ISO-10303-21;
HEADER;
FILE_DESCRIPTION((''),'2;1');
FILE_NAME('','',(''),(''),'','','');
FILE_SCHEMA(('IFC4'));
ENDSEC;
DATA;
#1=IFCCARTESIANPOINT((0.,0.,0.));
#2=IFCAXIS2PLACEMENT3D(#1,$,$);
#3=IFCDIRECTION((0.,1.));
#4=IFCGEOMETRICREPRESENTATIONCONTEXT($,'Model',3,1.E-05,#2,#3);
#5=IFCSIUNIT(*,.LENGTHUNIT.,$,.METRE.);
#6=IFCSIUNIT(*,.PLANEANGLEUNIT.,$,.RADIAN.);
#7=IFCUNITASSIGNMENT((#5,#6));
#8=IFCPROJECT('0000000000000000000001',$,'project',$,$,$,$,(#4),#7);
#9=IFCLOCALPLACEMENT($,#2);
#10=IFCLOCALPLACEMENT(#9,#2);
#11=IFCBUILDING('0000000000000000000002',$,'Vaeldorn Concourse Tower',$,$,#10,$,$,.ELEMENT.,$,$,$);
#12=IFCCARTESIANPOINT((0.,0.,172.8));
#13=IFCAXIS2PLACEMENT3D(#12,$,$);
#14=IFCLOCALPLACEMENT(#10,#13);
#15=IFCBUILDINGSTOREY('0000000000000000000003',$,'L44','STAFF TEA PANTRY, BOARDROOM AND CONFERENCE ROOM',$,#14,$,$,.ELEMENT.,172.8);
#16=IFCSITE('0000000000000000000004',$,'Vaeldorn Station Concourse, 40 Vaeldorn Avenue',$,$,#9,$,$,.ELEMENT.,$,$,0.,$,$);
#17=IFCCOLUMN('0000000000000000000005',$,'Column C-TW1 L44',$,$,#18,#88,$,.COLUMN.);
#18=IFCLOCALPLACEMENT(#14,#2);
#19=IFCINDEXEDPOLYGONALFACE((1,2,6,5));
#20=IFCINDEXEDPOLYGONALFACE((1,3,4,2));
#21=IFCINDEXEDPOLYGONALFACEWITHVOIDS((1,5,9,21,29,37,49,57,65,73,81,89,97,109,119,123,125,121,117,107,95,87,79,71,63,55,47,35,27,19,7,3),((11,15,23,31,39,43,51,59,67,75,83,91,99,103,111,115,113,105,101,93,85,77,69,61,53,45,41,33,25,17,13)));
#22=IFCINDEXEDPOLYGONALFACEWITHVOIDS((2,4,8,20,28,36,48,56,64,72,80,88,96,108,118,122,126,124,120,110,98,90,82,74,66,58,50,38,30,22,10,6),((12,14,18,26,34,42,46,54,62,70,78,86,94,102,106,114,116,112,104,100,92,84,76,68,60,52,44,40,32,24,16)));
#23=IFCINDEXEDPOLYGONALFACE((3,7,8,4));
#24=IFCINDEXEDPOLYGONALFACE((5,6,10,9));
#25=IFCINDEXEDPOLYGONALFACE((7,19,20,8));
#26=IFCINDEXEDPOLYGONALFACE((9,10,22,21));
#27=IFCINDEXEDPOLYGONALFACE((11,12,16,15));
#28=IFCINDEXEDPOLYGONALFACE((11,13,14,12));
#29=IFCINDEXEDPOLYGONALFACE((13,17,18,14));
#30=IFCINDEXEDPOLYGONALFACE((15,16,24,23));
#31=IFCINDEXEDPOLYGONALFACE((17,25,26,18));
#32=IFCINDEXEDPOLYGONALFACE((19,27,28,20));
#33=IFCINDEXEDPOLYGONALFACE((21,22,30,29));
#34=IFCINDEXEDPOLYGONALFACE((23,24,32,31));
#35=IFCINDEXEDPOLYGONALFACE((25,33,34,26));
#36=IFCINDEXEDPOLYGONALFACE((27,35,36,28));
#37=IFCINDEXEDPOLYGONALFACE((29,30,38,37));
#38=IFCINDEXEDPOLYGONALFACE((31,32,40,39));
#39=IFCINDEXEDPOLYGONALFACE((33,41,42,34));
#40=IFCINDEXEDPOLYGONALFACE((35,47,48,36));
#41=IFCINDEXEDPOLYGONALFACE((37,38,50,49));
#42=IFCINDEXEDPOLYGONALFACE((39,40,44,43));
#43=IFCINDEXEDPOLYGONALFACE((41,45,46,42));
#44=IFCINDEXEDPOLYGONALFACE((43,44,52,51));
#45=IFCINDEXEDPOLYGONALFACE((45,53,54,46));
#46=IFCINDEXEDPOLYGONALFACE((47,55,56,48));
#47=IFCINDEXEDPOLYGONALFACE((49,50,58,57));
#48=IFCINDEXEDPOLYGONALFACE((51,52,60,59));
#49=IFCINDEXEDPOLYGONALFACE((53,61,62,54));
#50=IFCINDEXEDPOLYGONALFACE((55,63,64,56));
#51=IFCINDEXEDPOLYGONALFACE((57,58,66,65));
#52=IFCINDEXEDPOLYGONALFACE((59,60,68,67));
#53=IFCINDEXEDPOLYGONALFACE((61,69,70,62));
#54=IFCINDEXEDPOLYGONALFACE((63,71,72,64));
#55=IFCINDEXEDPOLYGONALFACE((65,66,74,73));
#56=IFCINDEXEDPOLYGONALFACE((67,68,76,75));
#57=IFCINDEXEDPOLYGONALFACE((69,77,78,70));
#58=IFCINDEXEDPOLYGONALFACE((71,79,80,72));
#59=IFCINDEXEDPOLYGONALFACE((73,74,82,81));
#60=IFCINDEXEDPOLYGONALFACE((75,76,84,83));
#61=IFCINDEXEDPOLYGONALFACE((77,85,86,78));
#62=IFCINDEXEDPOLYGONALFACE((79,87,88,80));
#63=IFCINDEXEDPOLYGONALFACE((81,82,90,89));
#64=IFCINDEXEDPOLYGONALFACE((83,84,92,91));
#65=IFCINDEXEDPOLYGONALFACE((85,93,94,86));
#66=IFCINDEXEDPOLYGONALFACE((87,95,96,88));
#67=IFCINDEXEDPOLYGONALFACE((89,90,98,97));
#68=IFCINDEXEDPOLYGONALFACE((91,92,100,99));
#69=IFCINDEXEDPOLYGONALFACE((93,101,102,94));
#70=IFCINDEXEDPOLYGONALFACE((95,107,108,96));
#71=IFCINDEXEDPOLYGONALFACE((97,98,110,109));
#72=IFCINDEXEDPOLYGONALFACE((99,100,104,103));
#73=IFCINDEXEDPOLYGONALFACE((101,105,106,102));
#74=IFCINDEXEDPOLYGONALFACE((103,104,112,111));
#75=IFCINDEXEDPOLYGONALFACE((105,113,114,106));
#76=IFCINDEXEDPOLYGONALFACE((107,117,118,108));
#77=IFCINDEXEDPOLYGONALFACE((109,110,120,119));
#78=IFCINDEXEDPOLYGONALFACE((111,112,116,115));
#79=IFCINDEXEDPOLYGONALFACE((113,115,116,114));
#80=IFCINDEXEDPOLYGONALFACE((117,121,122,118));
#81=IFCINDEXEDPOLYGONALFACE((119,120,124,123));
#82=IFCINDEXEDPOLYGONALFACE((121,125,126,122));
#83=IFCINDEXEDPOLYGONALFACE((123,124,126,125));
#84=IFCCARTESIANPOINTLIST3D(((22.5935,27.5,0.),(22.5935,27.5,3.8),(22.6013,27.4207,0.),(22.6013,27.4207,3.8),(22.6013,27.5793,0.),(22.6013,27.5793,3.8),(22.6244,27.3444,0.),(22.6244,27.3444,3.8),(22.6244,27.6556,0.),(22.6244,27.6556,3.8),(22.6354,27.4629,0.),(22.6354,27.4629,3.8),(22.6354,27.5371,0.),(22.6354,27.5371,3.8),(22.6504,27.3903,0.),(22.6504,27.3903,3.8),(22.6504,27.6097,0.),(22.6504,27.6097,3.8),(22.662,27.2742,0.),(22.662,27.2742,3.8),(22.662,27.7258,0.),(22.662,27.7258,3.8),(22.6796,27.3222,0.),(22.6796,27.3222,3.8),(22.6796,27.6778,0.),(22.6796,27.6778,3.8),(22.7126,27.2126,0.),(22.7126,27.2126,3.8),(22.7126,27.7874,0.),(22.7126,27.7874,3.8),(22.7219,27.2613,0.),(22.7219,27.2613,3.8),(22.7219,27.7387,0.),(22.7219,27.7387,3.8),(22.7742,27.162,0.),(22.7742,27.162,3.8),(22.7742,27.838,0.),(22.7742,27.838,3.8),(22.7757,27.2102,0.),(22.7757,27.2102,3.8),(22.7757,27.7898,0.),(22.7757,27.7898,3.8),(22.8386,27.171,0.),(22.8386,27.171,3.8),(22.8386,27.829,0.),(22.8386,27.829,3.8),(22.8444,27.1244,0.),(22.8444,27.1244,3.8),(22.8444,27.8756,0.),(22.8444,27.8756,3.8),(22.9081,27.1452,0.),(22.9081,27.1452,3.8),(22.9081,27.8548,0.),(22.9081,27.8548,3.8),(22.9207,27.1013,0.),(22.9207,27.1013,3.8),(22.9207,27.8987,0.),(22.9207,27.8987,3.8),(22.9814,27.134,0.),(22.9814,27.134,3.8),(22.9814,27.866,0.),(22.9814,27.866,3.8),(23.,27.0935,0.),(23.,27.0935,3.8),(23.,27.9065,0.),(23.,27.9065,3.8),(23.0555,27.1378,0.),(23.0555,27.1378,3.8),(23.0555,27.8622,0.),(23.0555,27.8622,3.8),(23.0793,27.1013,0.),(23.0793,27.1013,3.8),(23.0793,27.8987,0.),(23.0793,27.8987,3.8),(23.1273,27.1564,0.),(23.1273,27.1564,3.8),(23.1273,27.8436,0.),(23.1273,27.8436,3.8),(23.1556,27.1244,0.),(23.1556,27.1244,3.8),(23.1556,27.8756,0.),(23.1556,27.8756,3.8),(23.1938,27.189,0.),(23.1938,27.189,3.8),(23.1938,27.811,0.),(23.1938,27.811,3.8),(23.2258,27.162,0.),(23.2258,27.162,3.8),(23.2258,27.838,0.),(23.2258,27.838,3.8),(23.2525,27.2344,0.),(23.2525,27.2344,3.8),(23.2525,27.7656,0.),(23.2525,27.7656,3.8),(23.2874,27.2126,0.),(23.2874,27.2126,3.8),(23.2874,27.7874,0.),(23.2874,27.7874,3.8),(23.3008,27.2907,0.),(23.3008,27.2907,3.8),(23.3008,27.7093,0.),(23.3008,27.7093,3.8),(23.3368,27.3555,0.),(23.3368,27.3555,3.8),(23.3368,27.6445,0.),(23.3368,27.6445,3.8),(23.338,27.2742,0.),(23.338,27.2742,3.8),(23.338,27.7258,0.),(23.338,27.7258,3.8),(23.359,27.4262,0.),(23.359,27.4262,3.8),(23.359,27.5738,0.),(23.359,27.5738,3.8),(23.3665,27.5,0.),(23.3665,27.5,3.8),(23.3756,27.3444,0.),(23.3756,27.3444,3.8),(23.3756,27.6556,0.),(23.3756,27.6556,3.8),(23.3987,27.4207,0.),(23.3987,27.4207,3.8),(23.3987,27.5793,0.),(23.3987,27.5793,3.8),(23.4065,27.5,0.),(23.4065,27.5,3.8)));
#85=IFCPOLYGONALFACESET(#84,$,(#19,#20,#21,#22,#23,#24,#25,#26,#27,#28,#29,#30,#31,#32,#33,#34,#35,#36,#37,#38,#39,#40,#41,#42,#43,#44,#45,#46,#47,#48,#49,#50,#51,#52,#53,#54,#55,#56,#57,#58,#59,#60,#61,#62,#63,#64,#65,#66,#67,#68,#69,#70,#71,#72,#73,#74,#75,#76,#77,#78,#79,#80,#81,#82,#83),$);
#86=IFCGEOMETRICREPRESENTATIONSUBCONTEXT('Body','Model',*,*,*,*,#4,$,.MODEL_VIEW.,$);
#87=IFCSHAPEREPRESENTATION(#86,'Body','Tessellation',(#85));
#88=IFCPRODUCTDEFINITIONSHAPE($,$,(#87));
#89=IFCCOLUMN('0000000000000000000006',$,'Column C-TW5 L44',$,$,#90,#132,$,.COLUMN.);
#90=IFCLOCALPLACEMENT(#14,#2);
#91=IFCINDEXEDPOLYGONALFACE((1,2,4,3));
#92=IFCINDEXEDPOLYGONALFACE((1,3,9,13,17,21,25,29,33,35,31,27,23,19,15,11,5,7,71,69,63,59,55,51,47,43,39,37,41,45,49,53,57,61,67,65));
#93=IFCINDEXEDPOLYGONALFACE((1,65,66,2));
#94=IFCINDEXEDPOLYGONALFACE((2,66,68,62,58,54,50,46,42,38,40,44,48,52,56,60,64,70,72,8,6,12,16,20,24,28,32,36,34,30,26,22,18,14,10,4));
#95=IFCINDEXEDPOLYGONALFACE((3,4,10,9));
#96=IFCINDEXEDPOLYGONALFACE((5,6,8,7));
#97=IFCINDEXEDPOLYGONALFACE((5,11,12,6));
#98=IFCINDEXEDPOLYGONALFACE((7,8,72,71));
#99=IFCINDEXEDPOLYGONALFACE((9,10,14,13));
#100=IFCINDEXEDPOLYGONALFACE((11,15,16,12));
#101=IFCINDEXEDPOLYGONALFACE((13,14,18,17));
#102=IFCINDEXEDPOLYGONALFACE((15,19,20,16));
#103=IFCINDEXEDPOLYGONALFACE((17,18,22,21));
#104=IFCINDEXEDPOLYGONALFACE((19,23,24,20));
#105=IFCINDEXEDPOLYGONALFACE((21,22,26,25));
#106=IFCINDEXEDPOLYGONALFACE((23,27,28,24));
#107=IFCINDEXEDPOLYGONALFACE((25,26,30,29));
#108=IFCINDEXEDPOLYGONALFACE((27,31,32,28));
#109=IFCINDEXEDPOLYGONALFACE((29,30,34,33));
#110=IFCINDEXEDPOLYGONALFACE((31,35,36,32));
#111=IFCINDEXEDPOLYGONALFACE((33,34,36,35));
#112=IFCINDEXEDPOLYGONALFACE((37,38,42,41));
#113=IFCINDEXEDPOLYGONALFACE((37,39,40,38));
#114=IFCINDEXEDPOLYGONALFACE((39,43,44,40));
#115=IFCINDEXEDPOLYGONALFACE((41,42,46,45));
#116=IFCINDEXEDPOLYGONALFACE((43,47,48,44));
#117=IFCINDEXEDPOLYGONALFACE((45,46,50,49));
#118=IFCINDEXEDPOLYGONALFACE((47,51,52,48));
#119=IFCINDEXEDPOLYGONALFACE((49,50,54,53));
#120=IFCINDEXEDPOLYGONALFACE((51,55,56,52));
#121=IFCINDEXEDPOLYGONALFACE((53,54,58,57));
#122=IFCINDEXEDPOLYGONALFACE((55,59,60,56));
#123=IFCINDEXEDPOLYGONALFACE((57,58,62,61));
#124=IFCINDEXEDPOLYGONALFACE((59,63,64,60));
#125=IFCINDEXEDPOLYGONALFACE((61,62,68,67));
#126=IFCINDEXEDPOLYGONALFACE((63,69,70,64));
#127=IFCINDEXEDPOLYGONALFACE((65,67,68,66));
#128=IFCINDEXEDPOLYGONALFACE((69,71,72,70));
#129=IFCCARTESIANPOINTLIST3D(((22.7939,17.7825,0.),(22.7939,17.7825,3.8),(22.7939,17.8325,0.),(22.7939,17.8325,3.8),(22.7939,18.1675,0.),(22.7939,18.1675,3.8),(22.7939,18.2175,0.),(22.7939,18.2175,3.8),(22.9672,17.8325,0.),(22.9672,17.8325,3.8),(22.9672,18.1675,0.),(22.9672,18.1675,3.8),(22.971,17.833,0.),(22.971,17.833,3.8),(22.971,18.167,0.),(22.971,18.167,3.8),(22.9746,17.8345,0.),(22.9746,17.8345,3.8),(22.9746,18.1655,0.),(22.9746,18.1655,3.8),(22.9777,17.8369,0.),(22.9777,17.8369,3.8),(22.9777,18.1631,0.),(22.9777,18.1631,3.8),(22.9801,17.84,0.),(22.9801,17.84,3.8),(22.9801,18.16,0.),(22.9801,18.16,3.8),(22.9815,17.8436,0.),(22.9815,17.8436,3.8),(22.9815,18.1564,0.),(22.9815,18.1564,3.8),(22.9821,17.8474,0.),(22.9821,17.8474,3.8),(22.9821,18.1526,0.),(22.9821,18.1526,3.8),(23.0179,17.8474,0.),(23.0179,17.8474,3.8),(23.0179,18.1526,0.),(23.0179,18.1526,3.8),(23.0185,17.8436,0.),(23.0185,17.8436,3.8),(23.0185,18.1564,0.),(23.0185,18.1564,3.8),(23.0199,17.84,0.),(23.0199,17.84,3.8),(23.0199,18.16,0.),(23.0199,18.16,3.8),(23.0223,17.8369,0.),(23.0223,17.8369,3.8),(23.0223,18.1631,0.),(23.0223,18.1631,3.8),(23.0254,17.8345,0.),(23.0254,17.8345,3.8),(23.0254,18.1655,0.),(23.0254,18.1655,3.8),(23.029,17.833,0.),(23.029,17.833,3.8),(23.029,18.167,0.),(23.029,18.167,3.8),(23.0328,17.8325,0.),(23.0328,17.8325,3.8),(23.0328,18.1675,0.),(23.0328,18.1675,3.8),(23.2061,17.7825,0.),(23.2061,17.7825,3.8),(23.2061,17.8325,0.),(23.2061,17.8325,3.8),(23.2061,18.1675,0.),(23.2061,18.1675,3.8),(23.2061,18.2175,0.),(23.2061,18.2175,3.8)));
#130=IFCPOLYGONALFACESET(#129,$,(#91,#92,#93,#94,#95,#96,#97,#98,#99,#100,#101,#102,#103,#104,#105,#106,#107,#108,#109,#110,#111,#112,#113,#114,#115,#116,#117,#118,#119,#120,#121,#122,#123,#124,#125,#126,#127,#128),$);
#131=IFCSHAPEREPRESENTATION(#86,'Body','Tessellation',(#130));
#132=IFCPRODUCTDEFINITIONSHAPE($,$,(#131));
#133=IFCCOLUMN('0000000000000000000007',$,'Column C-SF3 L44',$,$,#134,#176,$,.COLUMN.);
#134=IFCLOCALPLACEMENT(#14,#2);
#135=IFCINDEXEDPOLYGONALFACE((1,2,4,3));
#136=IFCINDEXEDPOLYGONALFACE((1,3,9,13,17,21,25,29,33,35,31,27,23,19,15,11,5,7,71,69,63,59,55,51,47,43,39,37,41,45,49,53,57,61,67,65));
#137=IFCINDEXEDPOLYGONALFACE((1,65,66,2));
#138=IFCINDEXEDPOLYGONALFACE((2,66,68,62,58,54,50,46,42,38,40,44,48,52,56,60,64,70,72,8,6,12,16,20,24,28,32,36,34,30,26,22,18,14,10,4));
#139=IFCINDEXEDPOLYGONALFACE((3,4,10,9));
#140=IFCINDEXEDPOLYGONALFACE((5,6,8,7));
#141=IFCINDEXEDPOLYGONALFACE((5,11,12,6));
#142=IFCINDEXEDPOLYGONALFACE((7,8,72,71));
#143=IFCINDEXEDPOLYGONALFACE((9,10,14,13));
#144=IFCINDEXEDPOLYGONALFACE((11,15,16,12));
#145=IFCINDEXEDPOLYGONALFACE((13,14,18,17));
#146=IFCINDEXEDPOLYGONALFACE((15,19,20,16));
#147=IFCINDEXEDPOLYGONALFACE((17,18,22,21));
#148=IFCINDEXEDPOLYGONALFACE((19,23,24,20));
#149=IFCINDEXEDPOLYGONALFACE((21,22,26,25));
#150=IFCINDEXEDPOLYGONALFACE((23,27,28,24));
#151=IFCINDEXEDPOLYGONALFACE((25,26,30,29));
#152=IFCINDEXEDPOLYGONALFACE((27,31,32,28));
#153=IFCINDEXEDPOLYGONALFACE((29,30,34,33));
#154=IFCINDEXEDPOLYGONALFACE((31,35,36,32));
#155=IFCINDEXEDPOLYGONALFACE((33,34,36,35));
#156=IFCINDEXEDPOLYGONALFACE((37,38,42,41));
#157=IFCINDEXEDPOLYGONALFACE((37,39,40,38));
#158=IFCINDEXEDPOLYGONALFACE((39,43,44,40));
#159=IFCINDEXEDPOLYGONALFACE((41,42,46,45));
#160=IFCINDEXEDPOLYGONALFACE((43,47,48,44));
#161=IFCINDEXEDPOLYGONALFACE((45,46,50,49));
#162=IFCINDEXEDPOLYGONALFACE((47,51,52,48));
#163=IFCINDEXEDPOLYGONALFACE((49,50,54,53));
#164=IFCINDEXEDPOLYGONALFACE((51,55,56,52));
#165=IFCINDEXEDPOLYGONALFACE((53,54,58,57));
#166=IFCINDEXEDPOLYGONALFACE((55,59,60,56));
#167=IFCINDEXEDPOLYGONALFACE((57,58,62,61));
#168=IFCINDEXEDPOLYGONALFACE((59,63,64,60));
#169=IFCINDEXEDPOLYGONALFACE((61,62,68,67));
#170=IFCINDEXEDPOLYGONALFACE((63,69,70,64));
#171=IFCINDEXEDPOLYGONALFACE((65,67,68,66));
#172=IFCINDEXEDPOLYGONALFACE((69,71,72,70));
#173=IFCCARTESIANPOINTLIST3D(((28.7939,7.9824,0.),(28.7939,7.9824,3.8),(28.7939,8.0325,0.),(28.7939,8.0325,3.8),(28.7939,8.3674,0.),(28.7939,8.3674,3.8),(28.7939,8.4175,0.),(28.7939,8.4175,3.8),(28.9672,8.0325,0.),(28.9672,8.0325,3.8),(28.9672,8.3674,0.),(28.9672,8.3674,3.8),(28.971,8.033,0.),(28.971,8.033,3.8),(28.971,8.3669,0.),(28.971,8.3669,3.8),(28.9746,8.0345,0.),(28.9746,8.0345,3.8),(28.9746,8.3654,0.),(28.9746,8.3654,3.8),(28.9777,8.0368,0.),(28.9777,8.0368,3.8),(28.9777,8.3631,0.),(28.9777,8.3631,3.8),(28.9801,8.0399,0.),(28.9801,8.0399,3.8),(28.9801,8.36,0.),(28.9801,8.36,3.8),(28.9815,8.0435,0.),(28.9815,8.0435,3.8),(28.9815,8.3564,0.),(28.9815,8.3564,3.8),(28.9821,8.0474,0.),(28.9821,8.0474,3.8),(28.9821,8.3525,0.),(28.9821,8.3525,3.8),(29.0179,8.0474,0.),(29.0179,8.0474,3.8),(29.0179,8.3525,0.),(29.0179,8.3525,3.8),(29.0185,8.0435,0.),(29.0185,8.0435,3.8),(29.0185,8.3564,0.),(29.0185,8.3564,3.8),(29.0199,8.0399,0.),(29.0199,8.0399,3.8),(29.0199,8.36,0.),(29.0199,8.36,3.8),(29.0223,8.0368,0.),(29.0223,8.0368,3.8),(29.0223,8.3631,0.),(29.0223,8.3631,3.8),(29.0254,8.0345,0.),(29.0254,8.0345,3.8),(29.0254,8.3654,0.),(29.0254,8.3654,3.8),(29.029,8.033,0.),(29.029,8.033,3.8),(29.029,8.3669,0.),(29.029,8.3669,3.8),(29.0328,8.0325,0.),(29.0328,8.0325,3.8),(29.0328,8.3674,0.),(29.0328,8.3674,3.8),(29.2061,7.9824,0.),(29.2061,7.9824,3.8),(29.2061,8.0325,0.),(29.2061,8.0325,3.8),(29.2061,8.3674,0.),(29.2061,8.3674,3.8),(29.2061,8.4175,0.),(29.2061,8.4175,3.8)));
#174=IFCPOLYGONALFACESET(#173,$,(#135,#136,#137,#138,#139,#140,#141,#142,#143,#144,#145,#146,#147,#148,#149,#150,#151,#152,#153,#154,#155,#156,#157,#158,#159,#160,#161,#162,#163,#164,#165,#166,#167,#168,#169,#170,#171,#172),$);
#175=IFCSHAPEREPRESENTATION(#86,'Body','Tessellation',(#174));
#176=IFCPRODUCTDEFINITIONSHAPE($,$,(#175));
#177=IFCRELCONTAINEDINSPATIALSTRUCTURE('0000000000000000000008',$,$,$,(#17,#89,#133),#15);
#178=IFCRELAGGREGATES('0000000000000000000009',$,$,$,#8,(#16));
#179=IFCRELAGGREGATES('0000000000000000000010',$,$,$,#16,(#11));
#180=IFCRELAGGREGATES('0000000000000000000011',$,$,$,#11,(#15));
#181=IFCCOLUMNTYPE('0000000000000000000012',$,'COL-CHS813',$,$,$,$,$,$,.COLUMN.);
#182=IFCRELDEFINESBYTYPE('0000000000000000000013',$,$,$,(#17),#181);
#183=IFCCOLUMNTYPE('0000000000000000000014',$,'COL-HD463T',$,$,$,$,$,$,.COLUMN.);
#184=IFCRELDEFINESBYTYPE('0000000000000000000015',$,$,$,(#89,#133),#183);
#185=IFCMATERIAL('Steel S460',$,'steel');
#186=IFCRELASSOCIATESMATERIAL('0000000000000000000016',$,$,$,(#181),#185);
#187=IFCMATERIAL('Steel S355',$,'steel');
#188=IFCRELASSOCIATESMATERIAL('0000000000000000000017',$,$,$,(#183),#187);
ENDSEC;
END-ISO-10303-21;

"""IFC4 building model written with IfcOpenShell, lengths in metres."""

from ifc_helpers import new_model, si_unit, direction, frame, origin, origin_2d, place, context, subcontext, project, spatial, hollow_circle, i_section, extrude, source, transform, mapped, material, material_profile, profile_set, type_object, element, save


model = new_model("IFC4")

# Units and contexts
model_context = context("Model", 3, precision=1e-05, world=origin(), true_north=direction((0.0, 1.0)))
body_context = subcontext(model_context, "Body", "Model", "MODEL_VIEW")
ifc_project = project(units=[si_unit("LENGTHUNIT", "METRE"), si_unit("PLANEANGLEUNIT", "RADIAN")], contexts=[model_context])

# Site, building, storey
site_placement = place(None, origin())
site = spatial("IfcSite", under=ifc_project, at=site_placement, Name="Vaeldorn Station Concourse, 40 Vaeldorn Avenue", CompositionType="ELEMENT", RefElevation=0.0)
building_placement = place(site_placement, origin())
building = spatial("IfcBuilding", under=site, at=building_placement, Name="Vaeldorn Concourse Tower", CompositionType="ELEMENT")
storey_placement = place(building_placement, frame((0.0, 0.0, 172.8)))
storey = spatial("IfcBuildingStorey", under=building, at=storey_placement, Name="L44", Description="STAFF TEA PANTRY, BOARDROOM AND CONFERENCE ROOM", CompositionType="ELEMENT", Elevation=172.8)

# Columns
ifc_material_1 = material(Name="Steel S460", Category="steel")
ifc_material_profile_1 = material_profile(ifc_material_1, hollow_circle(Radius=0.4065, WallThickness=0.04, at=origin_2d()), Name="CHS 813x40")
ifc_profile_set_1 = profile_set([ifc_material_profile_1], Name="Steel S460")
column_type_1 = type_object("IfcColumnType", Name="COL-CHS813", PredefinedType="COLUMN", material=ifc_profile_set_1)
shared_shape_1 = source(origin(), body_context, "Body", "SweptSolid", [
    extrude(hollow_circle(Radius=0.4065, WallThickness=0.04, at=origin_2d()), origin(), (0.0, 0.0, 1.0), 3.8),
])
column_placement = place(storey_placement, frame((23.0, 27.5, 0.0), z_axis=(0.0, 0.0, 1.0), x_axis=(1.0, 0.0, 0.0)))
element("IfcColumn", 1, at=column_placement, inside=storey, type_object=column_type_1, Name="Column C-TW1 L44", PredefinedType="COLUMN", context=body_context, shape_type="MappedRepresentation", body=[
    mapped(shared_shape_1, transform((0.0, 0.0, 0.0), scale=1.0)),
])
ifc_material_2 = material(Name="Steel S355", Category="steel")
ifc_material_profile_2 = material_profile(ifc_material_2, i_section(OverallWidth=0.4121, OverallDepth=0.4351, WebThickness=0.0359, FlangeThickness=0.05, FilletRadius=0.0149, at=origin_2d()), Name="HD 400x463")
ifc_profile_set_2 = profile_set([ifc_material_profile_2], Name="Steel S355")
column_type_2 = type_object("IfcColumnType", Name="COL-HD463T", PredefinedType="COLUMN", material=ifc_profile_set_2)
shared_shape_2 = source(origin(), body_context, "Body", "SweptSolid", [
    extrude(i_section(OverallWidth=0.4121, OverallDepth=0.4351, WebThickness=0.0359, FlangeThickness=0.05, FilletRadius=0.0149, at=origin_2d()), origin(), (0.0, 0.0, 1.0), 3.8),
])
for number, where, z_axis, x_axis, name in (
    (2, (23.0, 18.0, 0.0), (0.0, 0.0, 1.0), (1.0, 0.0, 0.0), "Column C-TW5 L44"),
    (3, (29.0, 8.2, 0.0), (0.0, 0.0, 1.0), (1.0, 0.0, 0.0), "Column C-SF3 L44"),
):
    element("IfcColumn", number, at=place(storey_placement, frame(where, z_axis=z_axis, x_axis=x_axis)), inside=storey, type_object=column_type_2, Name=name, PredefinedType="COLUMN", context=body_context, shape_type="MappedRepresentation", body=[
        mapped(shared_shape_2, transform((0.0, 0.0, 0.0), scale=1.0)),
    ])

save(model, "model.ifc")
